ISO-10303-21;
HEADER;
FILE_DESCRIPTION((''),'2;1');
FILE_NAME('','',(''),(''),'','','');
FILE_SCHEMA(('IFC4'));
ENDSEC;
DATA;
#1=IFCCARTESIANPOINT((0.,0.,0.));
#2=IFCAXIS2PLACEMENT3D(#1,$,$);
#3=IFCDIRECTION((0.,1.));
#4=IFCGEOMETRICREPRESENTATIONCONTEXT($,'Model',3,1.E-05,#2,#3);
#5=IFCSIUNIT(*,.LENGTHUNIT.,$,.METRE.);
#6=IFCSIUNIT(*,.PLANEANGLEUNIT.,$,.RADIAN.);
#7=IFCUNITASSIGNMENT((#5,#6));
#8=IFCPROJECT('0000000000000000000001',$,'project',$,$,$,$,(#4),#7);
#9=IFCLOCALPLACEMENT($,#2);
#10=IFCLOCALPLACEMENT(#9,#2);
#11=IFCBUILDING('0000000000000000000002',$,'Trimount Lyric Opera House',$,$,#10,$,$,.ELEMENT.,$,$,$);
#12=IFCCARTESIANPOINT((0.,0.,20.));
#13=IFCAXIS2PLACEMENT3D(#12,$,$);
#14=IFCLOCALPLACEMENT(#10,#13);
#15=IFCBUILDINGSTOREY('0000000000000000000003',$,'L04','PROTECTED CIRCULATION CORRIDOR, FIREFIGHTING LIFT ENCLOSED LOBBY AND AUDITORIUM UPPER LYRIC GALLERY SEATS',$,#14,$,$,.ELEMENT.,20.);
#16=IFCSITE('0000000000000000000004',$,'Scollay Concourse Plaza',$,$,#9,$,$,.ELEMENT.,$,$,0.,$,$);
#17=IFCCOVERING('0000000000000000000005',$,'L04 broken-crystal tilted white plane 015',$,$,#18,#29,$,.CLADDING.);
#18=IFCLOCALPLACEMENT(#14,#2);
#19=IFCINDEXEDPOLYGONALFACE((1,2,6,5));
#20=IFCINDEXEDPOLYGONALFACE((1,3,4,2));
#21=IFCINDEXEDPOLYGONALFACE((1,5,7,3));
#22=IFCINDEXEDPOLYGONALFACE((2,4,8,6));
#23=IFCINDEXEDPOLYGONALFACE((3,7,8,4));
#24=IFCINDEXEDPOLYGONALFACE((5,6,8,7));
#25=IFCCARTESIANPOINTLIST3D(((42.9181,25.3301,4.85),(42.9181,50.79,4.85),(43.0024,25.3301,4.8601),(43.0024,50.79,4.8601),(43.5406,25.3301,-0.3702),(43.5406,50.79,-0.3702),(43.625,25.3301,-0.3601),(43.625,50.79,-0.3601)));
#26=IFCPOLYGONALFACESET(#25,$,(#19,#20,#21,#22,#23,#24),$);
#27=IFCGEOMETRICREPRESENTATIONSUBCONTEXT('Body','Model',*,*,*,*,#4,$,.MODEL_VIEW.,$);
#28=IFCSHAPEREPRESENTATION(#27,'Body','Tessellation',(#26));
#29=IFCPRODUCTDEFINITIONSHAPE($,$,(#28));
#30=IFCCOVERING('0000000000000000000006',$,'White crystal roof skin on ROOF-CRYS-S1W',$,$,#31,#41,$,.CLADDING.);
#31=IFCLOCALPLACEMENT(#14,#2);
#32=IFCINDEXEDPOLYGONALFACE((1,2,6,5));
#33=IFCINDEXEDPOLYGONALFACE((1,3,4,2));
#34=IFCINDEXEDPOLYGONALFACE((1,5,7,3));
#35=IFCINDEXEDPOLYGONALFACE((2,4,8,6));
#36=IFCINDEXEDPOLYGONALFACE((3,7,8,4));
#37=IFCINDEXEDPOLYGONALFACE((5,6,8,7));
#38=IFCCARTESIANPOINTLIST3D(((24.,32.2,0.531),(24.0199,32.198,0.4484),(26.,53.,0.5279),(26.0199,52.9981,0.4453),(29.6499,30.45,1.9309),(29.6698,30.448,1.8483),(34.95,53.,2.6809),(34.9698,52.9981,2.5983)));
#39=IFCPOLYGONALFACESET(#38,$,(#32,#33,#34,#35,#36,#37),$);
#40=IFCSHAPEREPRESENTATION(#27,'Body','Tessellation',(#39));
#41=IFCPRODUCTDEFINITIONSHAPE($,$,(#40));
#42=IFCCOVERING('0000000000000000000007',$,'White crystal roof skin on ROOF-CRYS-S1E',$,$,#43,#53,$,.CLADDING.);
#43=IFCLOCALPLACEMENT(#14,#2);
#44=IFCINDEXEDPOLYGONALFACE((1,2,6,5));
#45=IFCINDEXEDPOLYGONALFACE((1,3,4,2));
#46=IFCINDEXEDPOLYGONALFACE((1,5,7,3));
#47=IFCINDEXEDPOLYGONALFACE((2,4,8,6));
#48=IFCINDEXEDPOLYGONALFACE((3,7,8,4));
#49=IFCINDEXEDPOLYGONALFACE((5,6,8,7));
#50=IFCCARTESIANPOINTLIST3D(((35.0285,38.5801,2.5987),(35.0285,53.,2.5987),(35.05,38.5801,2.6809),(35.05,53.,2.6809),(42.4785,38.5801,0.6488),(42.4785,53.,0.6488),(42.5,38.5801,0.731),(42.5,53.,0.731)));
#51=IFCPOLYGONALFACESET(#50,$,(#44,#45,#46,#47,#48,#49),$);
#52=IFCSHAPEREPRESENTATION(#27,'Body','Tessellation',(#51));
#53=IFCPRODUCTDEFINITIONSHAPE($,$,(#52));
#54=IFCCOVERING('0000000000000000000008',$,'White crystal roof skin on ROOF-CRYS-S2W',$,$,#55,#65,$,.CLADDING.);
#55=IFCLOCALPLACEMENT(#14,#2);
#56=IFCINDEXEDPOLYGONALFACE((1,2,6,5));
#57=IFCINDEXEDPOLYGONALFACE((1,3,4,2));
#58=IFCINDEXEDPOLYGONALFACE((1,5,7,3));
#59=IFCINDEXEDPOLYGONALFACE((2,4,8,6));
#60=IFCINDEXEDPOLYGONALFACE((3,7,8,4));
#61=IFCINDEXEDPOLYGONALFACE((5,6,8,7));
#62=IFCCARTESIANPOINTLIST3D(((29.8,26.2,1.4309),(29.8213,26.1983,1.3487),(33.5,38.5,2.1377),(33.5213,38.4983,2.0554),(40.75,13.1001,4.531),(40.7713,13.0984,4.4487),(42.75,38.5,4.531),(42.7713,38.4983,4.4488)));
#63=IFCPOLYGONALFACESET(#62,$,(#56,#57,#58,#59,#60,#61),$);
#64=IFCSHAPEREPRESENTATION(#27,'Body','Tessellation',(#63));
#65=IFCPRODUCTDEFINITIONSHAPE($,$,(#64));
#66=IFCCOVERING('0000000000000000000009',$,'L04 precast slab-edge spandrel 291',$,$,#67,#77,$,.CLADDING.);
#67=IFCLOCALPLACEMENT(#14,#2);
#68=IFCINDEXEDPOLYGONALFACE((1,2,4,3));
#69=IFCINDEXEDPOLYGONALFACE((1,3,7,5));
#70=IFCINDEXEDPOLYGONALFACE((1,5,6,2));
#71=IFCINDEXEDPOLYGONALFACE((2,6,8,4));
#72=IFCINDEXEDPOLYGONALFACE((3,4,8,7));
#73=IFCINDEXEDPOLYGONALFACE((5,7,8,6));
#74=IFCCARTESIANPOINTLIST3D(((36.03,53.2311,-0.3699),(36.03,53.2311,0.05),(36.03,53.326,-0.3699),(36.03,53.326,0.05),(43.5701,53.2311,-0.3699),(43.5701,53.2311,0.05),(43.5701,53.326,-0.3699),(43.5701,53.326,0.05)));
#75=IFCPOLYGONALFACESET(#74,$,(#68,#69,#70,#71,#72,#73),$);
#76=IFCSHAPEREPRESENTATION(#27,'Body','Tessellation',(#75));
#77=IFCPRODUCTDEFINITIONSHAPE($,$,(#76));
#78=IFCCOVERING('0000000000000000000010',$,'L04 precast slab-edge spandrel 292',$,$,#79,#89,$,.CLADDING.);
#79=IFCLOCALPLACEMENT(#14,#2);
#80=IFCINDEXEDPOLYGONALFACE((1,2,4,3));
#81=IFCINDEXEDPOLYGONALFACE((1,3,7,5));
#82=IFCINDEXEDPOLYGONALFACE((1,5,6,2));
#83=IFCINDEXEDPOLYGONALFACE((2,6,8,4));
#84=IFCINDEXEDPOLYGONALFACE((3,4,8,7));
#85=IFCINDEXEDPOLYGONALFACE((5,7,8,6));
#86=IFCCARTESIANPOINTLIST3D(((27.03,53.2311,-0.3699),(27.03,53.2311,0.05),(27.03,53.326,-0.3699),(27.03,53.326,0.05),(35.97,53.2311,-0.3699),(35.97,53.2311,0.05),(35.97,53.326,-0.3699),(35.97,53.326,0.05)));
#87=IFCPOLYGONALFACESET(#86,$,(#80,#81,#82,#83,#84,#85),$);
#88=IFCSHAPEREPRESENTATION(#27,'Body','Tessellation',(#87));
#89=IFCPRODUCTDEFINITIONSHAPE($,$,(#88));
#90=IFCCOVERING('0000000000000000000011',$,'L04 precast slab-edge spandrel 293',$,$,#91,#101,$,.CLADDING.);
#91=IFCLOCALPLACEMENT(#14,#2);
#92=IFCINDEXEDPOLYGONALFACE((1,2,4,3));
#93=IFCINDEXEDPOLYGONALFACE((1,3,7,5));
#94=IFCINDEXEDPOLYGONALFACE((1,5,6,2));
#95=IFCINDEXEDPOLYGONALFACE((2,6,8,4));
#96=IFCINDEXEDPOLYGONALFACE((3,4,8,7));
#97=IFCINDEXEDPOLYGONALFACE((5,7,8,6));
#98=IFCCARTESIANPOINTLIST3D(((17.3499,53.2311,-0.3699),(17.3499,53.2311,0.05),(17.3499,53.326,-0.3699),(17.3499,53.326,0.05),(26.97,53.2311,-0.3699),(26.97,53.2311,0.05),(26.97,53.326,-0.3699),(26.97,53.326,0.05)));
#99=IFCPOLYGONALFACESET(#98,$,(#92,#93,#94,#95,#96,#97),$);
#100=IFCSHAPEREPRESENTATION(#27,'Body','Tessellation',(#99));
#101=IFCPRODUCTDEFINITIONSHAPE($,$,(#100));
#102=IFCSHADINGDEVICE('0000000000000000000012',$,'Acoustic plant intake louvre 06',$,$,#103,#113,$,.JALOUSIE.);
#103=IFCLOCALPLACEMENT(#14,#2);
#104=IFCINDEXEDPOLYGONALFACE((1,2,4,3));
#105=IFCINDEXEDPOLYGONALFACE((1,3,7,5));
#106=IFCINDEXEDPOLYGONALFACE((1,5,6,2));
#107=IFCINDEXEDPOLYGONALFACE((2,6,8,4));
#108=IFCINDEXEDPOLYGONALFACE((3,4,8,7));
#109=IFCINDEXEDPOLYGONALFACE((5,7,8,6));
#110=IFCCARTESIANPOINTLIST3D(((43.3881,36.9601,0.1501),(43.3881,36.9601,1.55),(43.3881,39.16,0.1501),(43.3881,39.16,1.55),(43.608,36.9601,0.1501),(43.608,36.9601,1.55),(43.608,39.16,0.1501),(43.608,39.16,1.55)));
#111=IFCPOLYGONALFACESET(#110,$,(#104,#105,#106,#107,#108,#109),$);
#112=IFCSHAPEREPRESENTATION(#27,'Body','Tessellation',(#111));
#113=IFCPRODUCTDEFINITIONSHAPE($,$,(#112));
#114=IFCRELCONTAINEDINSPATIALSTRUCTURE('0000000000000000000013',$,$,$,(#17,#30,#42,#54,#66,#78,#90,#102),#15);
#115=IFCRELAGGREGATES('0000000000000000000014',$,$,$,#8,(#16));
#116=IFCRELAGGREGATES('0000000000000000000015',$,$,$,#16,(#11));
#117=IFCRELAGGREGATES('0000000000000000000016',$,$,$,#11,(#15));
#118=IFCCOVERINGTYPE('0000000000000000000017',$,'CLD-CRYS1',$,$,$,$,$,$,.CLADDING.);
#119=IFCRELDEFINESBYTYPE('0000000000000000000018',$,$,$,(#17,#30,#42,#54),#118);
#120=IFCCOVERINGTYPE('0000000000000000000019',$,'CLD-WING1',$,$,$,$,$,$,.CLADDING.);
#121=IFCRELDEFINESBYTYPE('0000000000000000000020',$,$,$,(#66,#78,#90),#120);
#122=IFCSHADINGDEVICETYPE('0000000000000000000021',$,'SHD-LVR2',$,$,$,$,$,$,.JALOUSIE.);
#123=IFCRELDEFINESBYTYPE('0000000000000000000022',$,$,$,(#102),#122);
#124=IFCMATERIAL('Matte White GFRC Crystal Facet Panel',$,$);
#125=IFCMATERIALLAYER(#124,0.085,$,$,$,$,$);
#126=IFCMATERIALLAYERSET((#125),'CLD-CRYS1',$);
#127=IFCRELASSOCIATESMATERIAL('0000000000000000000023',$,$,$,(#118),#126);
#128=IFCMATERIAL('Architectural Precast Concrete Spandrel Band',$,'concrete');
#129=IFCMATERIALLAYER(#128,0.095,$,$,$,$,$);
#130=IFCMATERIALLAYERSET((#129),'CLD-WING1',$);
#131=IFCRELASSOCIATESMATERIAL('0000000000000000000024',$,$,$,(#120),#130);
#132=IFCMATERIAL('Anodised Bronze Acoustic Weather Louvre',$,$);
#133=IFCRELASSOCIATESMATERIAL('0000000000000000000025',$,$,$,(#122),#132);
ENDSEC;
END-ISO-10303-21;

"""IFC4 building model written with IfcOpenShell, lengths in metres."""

from ifc_helpers import new_model, si_unit, direction, frame, origin, origin_2d, place, context, subcontext, project, spatial, polyline, rectangle, outline, extrude, material, layer, layer_set, type_object, element, save


model = new_model("IFC4")

# Units and contexts
model_context = context("Model", 3, precision=1e-05, world=origin(), true_north=direction((0.0, 1.0)))
body_context = subcontext(model_context, "Body", "Model", "MODEL_VIEW")
ifc_project = project(units=[si_unit("LENGTHUNIT", "METRE"), si_unit("PLANEANGLEUNIT", "RADIAN")], contexts=[model_context])

# Site, building, storey
site_placement = place(None, origin())
site = spatial("IfcSite", under=ifc_project, at=site_placement, Name="Scollay Concourse Plaza", CompositionType="ELEMENT", RefElevation=0.0)
building_placement = place(site_placement, origin())
building = spatial("IfcBuilding", under=site, at=building_placement, Name="Trimount Lyric Opera House", CompositionType="ELEMENT")
storey_placement = place(building_placement, frame((0.0, 0.0, 20.0)))
storey = spatial("IfcBuildingStorey", under=building, at=storey_placement, Name="L04", Description="PROTECTED CIRCULATION CORRIDOR, FIREFIGHTING LIFT ENCLOSED LOBBY AND AUDITORIUM UPPER LYRIC GALLERY SEATS", CompositionType="ELEMENT", Elevation=20.0)

# Coverings
ifc_material_1 = material(Name="Matte White GFRC Crystal Facet Panel")
ifc_layer_1 = layer(ifc_material_1, 0.085)
ifc_layer_set_1 = layer_set([ifc_layer_1], Name="CLD-CRYS1")
covering_type_1 = type_object("IfcCoveringType", Name="CLD-CRYS1", PredefinedType="CLADDING", material=ifc_layer_set_1)
covering_1_placement = place(storey_placement, frame((43.625, 25.3301, -0.3601), z_axis=(0.992964, 0.0, 0.11842), x_axis=(0.0, 1.0, 0.0)))
element("IfcCovering", 1, at=covering_1_placement, inside=storey, type_object=covering_type_1, Name="L04 broken-crystal tilted white plane 015", PredefinedType="CLADDING", context=body_context, shape_type="SweptSolid", body=[
    extrude(outline(polyline([(0.0, 0.0), (25.46, 0.0), (25.46, 5.2572), (0.0, 5.2572), (0.0, 0.0)])), origin(), (0.0, 0.0, -1.0), 0.085),
])
covering_2_placement = place(storey_placement, frame((24.0, 32.2, 0.531), z_axis=(-0.233834, 0.022631, 0.972013), x_axis=(0.929546, -0.287918, 0.230321)))
element("IfcCovering", 2, at=covering_2_placement, inside=storey, type_object=covering_type_1, Name="White crystal roof skin on ROOF-CRYS-S1W", PredefinedType="CLADDING", context=body_context, shape_type="SweptSolid", body=[
    extrude(outline(polyline([(0.0, 0.0), (6.0781, 0.0), (4.685, 23.1348), (-4.1303, 20.4837), (0.0, 0.0)])), origin(), (0.0, 0.0, -1.0), 0.085),
])
covering_3_placement = place(storey_placement, frame((35.05, 38.5801, 2.6809), z_axis=(0.25321, 0.0, 0.967411), x_axis=(0.967411, 0.0, -0.25321)))
element("IfcCovering", 3, at=covering_3_placement, inside=storey, type_object=covering_type_1, Name="White crystal roof skin on ROOF-CRYS-S1E", PredefinedType="CLADDING", context=body_context, shape_type="SweptSolid", body=[
    extrude(outline(polyline([(0.0, 0.0), (7.7009, 0.0), (7.7009, 14.4199), (0.0, 14.4199), (0.0, 0.0)])), origin(), (0.0, 0.0, -1.0), 0.085),
])
covering_4_placement = place(storey_placement, frame((29.8, 26.2, 1.4309), z_axis=(-0.250443, 0.019719, 0.967931), x_axis=(0.631021, -0.754915, 0.17865)))
element("IfcCovering", 4, at=covering_4_placement, inside=storey, type_object=covering_type_1, Name="White crystal roof skin on ROOF-CRYS-S2W", PredefinedType="CLADDING", context=body_context, shape_type="SweptSolid", body=[
    extrude(outline(polyline([(0.0, 0.0), (17.3528, 0.0), (-0.56, 18.1188), (-6.8245, 10.9044), (0.0, 0.0)])), origin(), (0.0, 0.0, -1.0), 0.085),
])
ifc_material_2 = material(Name="Architectural Precast Concrete Spandrel Band", Category="concrete")
ifc_layer_2 = layer(ifc_material_2, 0.095)
ifc_layer_set_2 = layer_set([ifc_layer_2], Name="CLD-WING1")
covering_type_2 = type_object("IfcCoveringType", Name="CLD-WING1", PredefinedType="CLADDING", material=ifc_layer_set_2)
covering_5_placement = place(storey_placement, frame((39.8, 53.2786, -0.3699), z_axis=(0.0, 0.0, 1.0), x_axis=(-1.0, 0.0, 0.0)))
element("IfcCovering", 5, at=covering_5_placement, inside=storey, type_object=covering_type_2, Name="L04 precast slab-edge spandrel 291", PredefinedType="CLADDING", context=body_context, shape_type="SweptSolid", body=[
    extrude(rectangle(XDim=7.54, YDim=0.095, at=origin_2d()), origin(), (0.0, 0.0, 1.0), 0.4199),
])
covering_6_placement = place(storey_placement, frame((31.5, 53.2786, -0.3699), z_axis=(0.0, 0.0, 1.0), x_axis=(-1.0, 0.0, 0.0)))
element("IfcCovering", 6, at=covering_6_placement, inside=storey, type_object=covering_type_2, Name="L04 precast slab-edge spandrel 292", PredefinedType="CLADDING", context=body_context, shape_type="SweptSolid", body=[
    extrude(rectangle(XDim=8.9399, YDim=0.095, at=origin_2d()), origin(), (0.0, 0.0, 1.0), 0.4199),
])
covering_7_placement = place(storey_placement, frame((22.1599, 53.2786, -0.3699), z_axis=(0.0, 0.0, 1.0), x_axis=(-1.0, 0.0, 0.0)))
element("IfcCovering", 7, at=covering_7_placement, inside=storey, type_object=covering_type_2, Name="L04 precast slab-edge spandrel 293", PredefinedType="CLADDING", context=body_context, shape_type="SweptSolid", body=[
    extrude(rectangle(XDim=9.6201, YDim=0.095, at=origin_2d()), origin(), (0.0, 0.0, 1.0), 0.4199),
])

# Shading device
ifc_material_3 = material(Name="Anodised Bronze Acoustic Weather Louvre")
shading_device_type = type_object("IfcShadingDeviceType", Name="SHD-LVR2", PredefinedType="JALOUSIE", material=ifc_material_3)
shading_device_placement = place(storey_placement, frame((43.498, 38.0601, 0.1501), z_axis=(0.0, 0.0, 1.0), x_axis=(1.0, 0.0, 0.0)))
element("IfcShadingDevice", 8, at=shading_device_placement, inside=storey, type_object=shading_device_type, Name="Acoustic plant intake louvre 06", PredefinedType="JALOUSIE", context=body_context, shape_type="SweptSolid", body=[
    extrude(rectangle(XDim=0.22, YDim=2.2, at=origin_2d()), origin(), (0.0, 0.0, 1.0), 1.3999),
])

save(model, "model.ifc")
